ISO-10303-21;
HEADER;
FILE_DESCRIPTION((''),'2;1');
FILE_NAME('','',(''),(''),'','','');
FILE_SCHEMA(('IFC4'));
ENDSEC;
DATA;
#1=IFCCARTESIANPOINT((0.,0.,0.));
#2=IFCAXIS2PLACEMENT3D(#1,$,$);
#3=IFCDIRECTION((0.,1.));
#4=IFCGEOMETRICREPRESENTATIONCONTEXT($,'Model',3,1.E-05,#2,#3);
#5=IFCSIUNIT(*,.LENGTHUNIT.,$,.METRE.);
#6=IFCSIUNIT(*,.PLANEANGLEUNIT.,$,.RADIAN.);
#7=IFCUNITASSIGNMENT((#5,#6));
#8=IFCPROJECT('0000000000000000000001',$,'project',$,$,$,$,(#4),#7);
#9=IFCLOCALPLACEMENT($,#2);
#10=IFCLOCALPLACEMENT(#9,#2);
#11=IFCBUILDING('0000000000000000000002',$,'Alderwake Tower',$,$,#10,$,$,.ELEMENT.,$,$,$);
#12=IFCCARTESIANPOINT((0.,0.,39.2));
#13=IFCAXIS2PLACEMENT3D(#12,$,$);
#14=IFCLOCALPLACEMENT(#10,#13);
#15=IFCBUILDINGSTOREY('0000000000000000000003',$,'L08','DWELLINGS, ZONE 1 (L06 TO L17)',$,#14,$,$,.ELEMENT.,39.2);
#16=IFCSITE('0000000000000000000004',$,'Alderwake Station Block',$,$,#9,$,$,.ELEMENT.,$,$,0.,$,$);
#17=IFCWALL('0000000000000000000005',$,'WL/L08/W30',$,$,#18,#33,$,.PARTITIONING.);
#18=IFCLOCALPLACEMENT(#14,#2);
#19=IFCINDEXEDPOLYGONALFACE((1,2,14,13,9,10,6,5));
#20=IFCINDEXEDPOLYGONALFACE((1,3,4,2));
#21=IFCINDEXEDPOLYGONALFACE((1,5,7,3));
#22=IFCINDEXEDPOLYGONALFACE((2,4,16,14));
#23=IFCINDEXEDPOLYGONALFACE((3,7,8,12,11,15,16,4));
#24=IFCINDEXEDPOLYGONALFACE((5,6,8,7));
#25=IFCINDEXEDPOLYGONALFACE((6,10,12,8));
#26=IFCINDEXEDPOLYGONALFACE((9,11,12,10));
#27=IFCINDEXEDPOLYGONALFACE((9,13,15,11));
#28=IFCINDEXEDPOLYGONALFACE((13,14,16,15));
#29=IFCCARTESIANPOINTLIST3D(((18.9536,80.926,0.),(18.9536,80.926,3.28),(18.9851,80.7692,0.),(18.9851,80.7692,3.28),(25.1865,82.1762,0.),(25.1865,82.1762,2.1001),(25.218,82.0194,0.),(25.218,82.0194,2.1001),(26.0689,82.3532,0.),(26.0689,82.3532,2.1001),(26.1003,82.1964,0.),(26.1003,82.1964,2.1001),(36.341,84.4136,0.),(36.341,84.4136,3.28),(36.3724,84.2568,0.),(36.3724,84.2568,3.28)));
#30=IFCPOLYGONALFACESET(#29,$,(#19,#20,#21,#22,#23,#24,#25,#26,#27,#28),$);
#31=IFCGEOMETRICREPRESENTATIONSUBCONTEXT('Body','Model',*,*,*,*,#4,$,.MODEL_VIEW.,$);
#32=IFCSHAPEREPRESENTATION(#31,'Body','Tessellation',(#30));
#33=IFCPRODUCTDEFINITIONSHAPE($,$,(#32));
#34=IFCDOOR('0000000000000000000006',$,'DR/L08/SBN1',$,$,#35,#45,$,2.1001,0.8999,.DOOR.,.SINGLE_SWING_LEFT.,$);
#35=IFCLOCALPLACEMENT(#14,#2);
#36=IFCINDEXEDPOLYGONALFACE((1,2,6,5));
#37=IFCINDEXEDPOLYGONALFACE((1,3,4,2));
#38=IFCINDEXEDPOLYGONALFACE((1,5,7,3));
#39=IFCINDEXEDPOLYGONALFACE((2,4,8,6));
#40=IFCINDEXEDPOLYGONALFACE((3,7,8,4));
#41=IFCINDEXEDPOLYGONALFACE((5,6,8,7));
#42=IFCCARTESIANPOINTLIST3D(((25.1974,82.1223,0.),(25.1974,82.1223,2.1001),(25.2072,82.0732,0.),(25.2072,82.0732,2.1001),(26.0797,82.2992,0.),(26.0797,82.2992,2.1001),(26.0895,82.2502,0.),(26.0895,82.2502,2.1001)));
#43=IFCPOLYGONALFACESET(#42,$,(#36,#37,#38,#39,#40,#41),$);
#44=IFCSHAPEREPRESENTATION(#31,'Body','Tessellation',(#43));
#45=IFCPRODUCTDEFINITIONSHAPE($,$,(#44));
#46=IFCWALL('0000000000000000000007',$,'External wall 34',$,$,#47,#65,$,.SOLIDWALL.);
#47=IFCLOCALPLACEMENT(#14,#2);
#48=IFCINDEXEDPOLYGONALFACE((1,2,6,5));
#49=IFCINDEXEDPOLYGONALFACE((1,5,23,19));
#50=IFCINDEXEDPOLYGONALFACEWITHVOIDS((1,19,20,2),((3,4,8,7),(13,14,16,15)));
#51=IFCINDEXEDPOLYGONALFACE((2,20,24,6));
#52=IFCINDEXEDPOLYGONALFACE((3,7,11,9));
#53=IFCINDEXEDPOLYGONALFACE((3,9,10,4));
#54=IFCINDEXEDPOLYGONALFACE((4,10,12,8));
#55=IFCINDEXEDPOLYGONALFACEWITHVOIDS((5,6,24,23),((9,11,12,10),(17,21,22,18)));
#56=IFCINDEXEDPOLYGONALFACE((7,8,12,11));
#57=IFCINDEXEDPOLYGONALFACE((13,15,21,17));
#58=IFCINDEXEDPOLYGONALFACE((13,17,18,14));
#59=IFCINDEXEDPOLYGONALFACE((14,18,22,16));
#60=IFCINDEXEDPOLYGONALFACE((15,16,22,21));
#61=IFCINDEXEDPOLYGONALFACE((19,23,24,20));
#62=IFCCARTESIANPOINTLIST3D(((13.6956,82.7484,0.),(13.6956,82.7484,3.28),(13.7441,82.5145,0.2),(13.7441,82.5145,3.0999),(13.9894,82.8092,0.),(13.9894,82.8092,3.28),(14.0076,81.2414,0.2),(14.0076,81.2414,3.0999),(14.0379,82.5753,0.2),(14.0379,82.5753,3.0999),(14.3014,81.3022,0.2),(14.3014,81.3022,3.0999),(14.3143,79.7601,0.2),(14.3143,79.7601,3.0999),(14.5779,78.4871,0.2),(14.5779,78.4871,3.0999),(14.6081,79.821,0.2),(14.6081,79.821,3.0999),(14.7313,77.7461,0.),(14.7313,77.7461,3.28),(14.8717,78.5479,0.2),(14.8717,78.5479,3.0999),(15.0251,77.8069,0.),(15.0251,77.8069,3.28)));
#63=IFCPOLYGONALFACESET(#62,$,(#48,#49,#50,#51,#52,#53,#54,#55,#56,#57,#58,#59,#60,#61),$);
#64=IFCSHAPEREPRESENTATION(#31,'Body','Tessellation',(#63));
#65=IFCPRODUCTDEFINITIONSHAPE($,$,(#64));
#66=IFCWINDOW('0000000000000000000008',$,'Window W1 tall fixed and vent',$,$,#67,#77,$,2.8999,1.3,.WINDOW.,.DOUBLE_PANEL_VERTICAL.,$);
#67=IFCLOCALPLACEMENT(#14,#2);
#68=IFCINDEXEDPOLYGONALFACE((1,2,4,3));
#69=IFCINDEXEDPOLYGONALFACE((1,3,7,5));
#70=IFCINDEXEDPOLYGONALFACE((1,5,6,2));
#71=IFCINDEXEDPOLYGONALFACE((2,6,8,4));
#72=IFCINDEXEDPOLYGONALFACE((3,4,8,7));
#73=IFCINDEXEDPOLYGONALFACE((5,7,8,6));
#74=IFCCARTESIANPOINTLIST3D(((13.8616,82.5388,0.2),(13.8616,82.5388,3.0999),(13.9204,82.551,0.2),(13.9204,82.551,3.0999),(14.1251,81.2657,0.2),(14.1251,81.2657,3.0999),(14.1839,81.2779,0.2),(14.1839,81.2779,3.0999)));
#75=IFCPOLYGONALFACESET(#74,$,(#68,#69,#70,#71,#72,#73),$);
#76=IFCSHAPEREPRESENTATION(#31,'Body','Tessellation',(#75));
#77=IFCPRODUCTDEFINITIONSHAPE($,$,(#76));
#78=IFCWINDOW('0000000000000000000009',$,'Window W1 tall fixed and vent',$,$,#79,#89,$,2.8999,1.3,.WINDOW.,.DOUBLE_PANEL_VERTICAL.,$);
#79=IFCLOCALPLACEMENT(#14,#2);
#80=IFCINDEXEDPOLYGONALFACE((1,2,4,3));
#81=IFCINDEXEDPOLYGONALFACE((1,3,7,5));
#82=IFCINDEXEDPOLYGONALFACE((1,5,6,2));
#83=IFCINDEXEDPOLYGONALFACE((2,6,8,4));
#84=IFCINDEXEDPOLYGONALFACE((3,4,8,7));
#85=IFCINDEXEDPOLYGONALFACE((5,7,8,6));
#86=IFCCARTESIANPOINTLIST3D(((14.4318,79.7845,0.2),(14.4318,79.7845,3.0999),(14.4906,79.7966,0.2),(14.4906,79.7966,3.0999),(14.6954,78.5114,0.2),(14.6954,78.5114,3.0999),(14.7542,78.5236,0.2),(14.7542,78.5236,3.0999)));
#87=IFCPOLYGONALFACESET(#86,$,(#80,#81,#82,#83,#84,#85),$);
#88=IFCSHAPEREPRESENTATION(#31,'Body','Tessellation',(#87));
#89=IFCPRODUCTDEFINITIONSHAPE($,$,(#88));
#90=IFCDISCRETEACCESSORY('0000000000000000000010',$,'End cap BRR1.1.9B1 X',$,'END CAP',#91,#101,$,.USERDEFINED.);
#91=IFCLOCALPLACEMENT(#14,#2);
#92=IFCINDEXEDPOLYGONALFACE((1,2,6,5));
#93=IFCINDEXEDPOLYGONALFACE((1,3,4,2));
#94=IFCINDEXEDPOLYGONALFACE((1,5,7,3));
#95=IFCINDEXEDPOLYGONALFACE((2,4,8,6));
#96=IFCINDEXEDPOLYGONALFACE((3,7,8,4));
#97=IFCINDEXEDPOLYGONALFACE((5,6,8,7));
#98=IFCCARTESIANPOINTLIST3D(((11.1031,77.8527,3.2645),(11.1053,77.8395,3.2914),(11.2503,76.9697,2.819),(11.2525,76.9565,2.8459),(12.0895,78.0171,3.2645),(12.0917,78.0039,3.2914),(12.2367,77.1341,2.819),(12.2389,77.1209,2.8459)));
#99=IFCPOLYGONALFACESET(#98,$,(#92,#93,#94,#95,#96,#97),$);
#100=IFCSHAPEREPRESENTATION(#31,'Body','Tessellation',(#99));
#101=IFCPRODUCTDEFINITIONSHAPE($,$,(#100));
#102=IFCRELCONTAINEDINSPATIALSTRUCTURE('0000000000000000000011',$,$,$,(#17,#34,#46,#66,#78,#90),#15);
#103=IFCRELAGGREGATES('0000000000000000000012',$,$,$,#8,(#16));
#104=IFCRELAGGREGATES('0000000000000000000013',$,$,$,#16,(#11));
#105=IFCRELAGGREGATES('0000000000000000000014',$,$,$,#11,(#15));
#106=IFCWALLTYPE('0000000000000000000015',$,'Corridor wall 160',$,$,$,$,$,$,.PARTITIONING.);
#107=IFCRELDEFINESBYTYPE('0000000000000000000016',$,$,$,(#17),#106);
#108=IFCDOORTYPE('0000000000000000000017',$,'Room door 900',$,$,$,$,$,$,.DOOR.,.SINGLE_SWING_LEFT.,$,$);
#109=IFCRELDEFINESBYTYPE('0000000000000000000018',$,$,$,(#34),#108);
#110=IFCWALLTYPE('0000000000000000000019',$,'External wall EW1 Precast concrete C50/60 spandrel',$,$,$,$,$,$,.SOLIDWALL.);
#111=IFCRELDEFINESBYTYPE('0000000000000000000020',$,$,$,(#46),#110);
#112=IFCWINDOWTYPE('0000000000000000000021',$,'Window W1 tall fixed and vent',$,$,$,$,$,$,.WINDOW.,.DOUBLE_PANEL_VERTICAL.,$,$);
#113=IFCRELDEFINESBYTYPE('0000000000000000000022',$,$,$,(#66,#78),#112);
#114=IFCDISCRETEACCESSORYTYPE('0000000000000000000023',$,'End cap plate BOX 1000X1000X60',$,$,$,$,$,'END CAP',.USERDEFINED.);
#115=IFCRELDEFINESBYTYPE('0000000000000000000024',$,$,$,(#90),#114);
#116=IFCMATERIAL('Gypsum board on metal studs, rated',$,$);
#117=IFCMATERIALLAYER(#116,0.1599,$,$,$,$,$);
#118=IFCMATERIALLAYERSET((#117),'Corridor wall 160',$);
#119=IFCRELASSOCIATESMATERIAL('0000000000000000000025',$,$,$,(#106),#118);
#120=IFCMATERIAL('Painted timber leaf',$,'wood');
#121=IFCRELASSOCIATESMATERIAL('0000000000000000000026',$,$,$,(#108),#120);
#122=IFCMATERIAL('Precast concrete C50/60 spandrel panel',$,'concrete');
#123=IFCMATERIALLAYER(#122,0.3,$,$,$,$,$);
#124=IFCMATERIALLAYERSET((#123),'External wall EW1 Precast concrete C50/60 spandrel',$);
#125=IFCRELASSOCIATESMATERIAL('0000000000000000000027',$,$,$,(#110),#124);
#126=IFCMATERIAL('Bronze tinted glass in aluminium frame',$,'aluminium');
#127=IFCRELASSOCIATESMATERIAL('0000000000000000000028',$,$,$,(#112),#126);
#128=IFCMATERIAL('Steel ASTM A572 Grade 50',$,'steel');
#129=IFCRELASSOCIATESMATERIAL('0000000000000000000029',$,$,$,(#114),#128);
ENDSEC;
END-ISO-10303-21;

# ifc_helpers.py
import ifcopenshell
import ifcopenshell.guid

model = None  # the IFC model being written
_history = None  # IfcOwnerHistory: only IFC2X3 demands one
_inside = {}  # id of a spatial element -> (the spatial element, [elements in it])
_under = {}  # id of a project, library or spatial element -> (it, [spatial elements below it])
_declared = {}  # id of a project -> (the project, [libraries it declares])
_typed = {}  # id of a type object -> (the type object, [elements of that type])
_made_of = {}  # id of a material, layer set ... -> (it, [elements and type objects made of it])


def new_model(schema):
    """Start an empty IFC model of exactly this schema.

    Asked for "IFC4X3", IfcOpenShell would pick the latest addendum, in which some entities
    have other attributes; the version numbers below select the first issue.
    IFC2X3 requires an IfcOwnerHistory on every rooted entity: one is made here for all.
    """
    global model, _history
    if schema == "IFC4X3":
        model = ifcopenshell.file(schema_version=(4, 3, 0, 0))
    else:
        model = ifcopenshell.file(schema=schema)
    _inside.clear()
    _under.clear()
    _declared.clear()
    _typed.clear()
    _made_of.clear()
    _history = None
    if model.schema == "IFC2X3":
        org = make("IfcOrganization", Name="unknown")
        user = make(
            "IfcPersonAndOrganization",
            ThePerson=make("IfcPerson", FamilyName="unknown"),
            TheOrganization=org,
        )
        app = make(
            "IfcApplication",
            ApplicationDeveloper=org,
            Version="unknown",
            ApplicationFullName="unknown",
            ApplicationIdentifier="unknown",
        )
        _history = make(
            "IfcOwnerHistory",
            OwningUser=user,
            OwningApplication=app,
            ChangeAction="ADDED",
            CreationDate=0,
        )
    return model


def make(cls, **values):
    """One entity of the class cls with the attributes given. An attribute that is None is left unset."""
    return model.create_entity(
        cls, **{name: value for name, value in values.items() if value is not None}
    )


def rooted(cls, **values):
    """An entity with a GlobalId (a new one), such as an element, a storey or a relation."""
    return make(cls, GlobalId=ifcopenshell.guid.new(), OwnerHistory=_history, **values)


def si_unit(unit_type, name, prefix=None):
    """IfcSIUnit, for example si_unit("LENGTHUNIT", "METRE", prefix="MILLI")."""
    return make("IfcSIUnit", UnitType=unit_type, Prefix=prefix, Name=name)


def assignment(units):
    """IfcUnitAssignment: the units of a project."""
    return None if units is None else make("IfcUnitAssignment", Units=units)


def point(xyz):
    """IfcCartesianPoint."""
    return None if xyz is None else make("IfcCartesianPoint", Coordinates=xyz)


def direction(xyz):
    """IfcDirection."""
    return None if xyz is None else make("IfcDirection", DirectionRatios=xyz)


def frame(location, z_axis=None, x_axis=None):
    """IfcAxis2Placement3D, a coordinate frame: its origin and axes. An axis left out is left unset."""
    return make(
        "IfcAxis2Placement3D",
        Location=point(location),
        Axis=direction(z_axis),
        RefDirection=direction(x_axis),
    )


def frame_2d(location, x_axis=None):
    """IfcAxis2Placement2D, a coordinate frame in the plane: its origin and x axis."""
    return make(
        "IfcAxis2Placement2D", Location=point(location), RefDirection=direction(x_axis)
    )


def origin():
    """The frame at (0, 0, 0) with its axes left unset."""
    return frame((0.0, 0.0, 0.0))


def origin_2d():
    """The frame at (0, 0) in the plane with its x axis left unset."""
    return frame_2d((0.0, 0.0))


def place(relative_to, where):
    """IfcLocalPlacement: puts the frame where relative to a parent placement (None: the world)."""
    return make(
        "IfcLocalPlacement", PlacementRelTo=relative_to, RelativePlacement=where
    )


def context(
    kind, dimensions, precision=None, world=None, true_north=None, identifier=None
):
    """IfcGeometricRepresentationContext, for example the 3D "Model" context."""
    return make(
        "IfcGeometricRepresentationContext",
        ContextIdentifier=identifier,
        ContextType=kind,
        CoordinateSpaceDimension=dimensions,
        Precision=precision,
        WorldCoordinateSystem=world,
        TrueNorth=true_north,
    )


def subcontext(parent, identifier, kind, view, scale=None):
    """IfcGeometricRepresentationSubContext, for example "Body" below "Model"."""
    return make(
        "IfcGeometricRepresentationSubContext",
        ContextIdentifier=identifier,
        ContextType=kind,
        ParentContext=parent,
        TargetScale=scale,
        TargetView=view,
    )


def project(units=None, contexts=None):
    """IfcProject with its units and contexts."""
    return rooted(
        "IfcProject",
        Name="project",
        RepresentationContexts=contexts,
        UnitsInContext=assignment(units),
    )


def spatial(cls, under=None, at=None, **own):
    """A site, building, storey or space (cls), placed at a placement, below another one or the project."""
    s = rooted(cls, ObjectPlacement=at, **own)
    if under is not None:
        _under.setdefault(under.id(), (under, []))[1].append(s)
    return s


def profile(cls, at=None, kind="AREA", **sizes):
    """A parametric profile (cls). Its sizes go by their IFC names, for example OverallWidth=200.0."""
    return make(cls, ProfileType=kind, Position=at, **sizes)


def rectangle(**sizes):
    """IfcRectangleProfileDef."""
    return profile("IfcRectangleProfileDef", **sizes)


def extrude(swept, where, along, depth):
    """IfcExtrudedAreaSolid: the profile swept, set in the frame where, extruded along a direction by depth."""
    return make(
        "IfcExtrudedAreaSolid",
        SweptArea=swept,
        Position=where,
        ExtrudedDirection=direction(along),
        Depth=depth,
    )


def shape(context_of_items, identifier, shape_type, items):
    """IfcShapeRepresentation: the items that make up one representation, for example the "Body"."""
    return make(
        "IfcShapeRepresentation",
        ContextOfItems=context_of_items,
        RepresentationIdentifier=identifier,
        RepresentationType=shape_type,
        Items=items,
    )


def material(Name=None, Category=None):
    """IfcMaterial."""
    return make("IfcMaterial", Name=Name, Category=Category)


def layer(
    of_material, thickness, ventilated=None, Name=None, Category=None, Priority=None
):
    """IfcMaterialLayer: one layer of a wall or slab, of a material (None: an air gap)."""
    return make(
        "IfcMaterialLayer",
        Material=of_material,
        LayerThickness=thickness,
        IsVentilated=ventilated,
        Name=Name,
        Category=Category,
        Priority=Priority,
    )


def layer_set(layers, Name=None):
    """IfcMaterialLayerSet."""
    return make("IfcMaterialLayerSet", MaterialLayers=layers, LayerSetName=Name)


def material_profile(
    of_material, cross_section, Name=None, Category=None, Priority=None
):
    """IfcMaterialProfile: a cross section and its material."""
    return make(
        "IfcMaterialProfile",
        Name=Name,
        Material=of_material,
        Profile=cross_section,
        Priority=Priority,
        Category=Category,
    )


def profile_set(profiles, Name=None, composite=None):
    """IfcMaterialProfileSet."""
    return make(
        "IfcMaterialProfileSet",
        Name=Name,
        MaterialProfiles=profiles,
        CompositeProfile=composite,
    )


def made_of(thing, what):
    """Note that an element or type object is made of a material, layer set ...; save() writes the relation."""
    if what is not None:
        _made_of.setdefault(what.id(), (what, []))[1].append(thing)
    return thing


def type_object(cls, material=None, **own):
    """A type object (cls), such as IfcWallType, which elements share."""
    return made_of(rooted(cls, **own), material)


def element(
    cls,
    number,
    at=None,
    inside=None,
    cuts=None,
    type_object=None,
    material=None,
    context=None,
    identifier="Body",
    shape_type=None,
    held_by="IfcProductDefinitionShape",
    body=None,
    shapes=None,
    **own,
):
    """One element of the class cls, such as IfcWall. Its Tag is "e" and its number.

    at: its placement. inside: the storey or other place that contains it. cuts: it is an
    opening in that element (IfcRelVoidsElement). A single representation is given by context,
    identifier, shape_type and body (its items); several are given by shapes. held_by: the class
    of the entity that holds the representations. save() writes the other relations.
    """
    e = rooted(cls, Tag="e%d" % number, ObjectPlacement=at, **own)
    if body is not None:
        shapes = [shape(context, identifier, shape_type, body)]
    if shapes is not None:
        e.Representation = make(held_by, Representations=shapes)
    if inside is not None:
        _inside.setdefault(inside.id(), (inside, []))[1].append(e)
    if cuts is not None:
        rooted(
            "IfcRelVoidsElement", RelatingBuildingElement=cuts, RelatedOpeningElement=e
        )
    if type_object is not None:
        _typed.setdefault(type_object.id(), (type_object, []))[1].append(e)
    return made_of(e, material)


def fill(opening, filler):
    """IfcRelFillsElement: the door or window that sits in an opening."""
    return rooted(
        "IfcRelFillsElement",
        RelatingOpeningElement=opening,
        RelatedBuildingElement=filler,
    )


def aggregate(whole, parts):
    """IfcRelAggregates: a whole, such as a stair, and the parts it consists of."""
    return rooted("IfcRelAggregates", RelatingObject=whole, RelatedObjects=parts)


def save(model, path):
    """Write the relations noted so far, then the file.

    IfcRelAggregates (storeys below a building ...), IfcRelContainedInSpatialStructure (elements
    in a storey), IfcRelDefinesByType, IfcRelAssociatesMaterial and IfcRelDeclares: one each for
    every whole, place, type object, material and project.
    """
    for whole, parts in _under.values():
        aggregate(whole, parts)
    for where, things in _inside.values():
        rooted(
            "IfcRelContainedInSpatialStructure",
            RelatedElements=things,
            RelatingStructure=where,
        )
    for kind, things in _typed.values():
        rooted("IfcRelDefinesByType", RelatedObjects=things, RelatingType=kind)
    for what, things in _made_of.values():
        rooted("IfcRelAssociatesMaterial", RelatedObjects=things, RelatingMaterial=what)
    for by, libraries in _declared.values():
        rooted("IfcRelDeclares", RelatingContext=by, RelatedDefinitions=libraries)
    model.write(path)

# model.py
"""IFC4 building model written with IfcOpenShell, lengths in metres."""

from ifc_helpers import new_model, si_unit, direction, frame, frame_2d, origin, origin_2d, place, context, subcontext, project, spatial, rectangle, extrude, material, layer, layer_set, material_profile, profile_set, type_object, element, fill, save


model = new_model("IFC4")

# Units and contexts
model_context = context("Model", 3, precision=1e-05, world=origin(), true_north=direction((0.0, 1.0)))
body_context = subcontext(model_context, "Body", "Model", "MODEL_VIEW")
ifc_project = project(units=[si_unit("LENGTHUNIT", "METRE"), si_unit("PLANEANGLEUNIT", "RADIAN")], contexts=[model_context])

# Site, building, storey
site_placement = place(None, origin())
site = spatial("IfcSite", under=ifc_project, at=site_placement, Name="Alderwake Station Block", CompositionType="ELEMENT", RefElevation=0.0)
building_placement = place(site_placement, origin())
building = spatial("IfcBuilding", under=site, at=building_placement, Name="Alderwake Tower", CompositionType="ELEMENT")
storey_placement = place(building_placement, frame((0.0, 0.0, 39.2)))
storey = spatial("IfcBuildingStorey", under=building, at=storey_placement, Name="L08", Description="DWELLINGS, ZONE 1 (L06 TO L17)", CompositionType="ELEMENT", Elevation=39.2)

# Shared definitions
ifc_material_1 = material(Name="Gypsum board on metal studs, rated")
ifc_layer_1 = layer(ifc_material_1, 0.1599)
ifc_layer_set_1 = layer_set([ifc_layer_1], Name="Corridor wall 160")
wall_type_1 = type_object("IfcWallType", Name="Corridor wall 160", PredefinedType="PARTITIONING", material=ifc_layer_set_1)

# Wall, opening, door
wall_1_placement = place(storey_placement, frame((18.9695, 80.8477, 0.0), z_axis=(0.0, 0.0, 1.0), x_axis=(0.980471, 0.196664, 0.0)))
wall_1 = element("IfcWall", 1, at=wall_1_placement, inside=storey, type_object=wall_type_1, Name="WL/L08/W30", PredefinedType="PARTITIONING", context=body_context, shape_type="SweptSolid", body=[
    extrude(rectangle(XDim=17.7336, YDim=0.1599, at=frame_2d((8.8667, 0.0))), origin(), (0.0, 0.0, 1.0), 3.28),
])
opening_1_placement = place(wall_1_placement, frame((6.3569, 0.0, 0.0)))
opening_1 = element("IfcOpeningElement", 2, at=opening_1_placement, cuts=wall_1, PredefinedType="OPENING", context=body_context, shape_type="SweptSolid", body=[
    extrude(rectangle(XDim=0.8999, YDim=2.1001, at=frame_2d((0.45, 1.05))), frame((0.0, 0.0898, 0.0), z_axis=(0.0, -1.0, 0.0), x_axis=(1.0, 0.0, 0.0)), (0.0, 0.0, 1.0), 0.1799),
])
ifc_material_2 = material(Name="Painted timber leaf", Category="wood")
door_type_1 = type_object("IfcDoorType", Name="Room door 900", OperationType="SINGLE_SWING_LEFT", PredefinedType="DOOR", material=ifc_material_2)
door_1_placement = place(opening_1_placement, origin())
door_1 = element("IfcDoor", 3, at=door_1_placement, inside=storey, type_object=door_type_1, Name="DR/L08/SBN1", OperationType="SINGLE_SWING_LEFT", OverallHeight=2.1001, OverallWidth=0.8999, PredefinedType="DOOR", context=body_context, shape_type="SweptSolid", body=[
    extrude(rectangle(XDim=0.8999, YDim=2.1001, at=frame_2d((0.45, 1.05))), frame((0.0, 0.0249, 0.0), z_axis=(0.0, -1.0, 0.0), x_axis=(1.0, 0.0, 0.0)), (0.0, 0.0, 1.0), 0.05),
])
fill(opening_1, door_1)

# Wall, openings, windows
ifc_material_3 = material(Name="Precast concrete C50/60 spandrel panel", Category="concrete")
ifc_layer_2 = layer(ifc_material_3, 0.3)
ifc_layer_set_2 = layer_set([ifc_layer_2], Name="External wall EW1 Precast concrete C50/60 spandrel")
wall_type_2 = type_object("IfcWallType", Name="External wall EW1 Precast concrete C50/60 spandrel", PredefinedType="SOLIDWALL", material=ifc_layer_set_2)
wall_2_placement = place(storey_placement, frame((13.8425, 82.7788, 0.0), z_axis=(0.0, 0.0, 1.0), x_axis=(0.202738, -0.979233, 0.0)))
wall_2 = element("IfcWall", 4, at=wall_2_placement, inside=storey, type_object=wall_type_2, Name="External wall 34", PredefinedType="SOLIDWALL", context=body_context, shape_type="SweptSolid", body=[
    extrude(rectangle(XDim=5.1084, YDim=0.3, at=frame_2d((2.5542, 0.0))), origin(), (0.0, 0.0, 1.0), 3.28),
])
opening_2_placement = place(wall_2_placement, frame((0.239, 0.0, 0.2)))
opening_2 = element("IfcOpeningElement", 5, at=opening_2_placement, cuts=wall_2, PredefinedType="OPENING", context=body_context, shape_type="SweptSolid", body=[
    extrude(rectangle(XDim=1.3, YDim=2.8999, at=frame_2d((0.6499, 1.45))), frame((0.0, 0.1599, 0.0), z_axis=(0.0, -1.0, 0.0), x_axis=(1.0, 0.0, 0.0)), (0.0, 0.0, 1.0), 0.3201),
])
opening_3_placement = place(wall_2_placement, frame((3.0518, 0.0, 0.2)))
opening_3 = element("IfcOpeningElement", 6, at=opening_3_placement, cuts=wall_2, PredefinedType="OPENING", context=body_context, shape_type="SweptSolid", body=[
    extrude(rectangle(XDim=1.3, YDim=2.8999, at=frame_2d((0.6499, 1.45))), frame((0.0, 0.1599, 0.0), z_axis=(0.0, -1.0, 0.0), x_axis=(1.0, 0.0, 0.0)), (0.0, 0.0, 1.0), 0.3201),
])
ifc_material_4 = material(Name="Bronze tinted glass in aluminium frame", Category="aluminium")
window_type = type_object("IfcWindowType", Name="Window W1 tall fixed and vent", PartitioningType="DOUBLE_PANEL_VERTICAL", PredefinedType="WINDOW", material=ifc_material_4)
window_1_placement = place(opening_2_placement, origin())
window_1 = element("IfcWindow", 7, at=window_1_placement, inside=storey, type_object=window_type, Name="Window W1 tall fixed and vent", OverallHeight=2.8999, OverallWidth=1.3, PartitioningType="DOUBLE_PANEL_VERTICAL", PredefinedType="WINDOW", context=body_context, shape_type="SweptSolid", body=[
    extrude(rectangle(XDim=1.3, YDim=2.8999, at=frame_2d((0.6499, 1.45))), frame((0.0, 0.03, 0.0), z_axis=(0.0, -1.0, 0.0), x_axis=(1.0, 0.0, 0.0)), (0.0, 0.0, 1.0), 0.0601),
])
fill(opening_2, window_1)
window_2_placement = place(opening_3_placement, origin())
window_2 = element("IfcWindow", 8, at=window_2_placement, inside=storey, type_object=window_type, Name="Window W1 tall fixed and vent", OverallHeight=2.8999, OverallWidth=1.3, PartitioningType="DOUBLE_PANEL_VERTICAL", PredefinedType="WINDOW", context=body_context, shape_type="SweptSolid", body=[
    extrude(rectangle(XDim=1.3, YDim=2.8999, at=frame_2d((0.6499, 1.45))), frame((0.0, 0.03, 0.0), z_axis=(0.0, -1.0, 0.0), x_axis=(1.0, 0.0, 0.0)), (0.0, 0.0, 1.0), 0.0601),
])
fill(opening_3, window_2)

# Discrete accessory
ifc_material_5 = material(Name="Steel ASTM A572 Grade 50", Category="steel")
ifc_material_profile_1 = material_profile(ifc_material_5, rectangle(XDim=1.0, YDim=1.0, at=origin_2d()), Name="BOX 1000X1000X60 cap")
ifc_profile_set_1 = profile_set([ifc_material_profile_1], Name="Steel ASTM A572 Grade 50")
discrete_accessory_type = type_object("IfcDiscreteAccessoryType", Name="End cap plate BOX 1000X1000X60", ElementType="END CAP", PredefinedType="USERDEFINED", material=ifc_profile_set_1)
discrete_accessory_placement = place(storey_placement, frame((11.6699, 77.4934, 3.0417), z_axis=(0.073248, -0.439489, 0.895256), x_axis=(0.986394, 0.164399, 0.0)))
element("IfcDiscreteAccessory", 9, at=discrete_accessory_placement, inside=storey, type_object=discrete_accessory_type, Name="End cap BRR1.1.9B1 X", ObjectType="END CAP", PredefinedType="USERDEFINED", context=body_context, shape_type="SweptSolid", body=[
    extrude(rectangle(XDim=1.0, YDim=1.0, at=origin_2d()), origin(), (0.0, 0.0, 1.0), 0.03),
])

save(model, "model.ifc")
